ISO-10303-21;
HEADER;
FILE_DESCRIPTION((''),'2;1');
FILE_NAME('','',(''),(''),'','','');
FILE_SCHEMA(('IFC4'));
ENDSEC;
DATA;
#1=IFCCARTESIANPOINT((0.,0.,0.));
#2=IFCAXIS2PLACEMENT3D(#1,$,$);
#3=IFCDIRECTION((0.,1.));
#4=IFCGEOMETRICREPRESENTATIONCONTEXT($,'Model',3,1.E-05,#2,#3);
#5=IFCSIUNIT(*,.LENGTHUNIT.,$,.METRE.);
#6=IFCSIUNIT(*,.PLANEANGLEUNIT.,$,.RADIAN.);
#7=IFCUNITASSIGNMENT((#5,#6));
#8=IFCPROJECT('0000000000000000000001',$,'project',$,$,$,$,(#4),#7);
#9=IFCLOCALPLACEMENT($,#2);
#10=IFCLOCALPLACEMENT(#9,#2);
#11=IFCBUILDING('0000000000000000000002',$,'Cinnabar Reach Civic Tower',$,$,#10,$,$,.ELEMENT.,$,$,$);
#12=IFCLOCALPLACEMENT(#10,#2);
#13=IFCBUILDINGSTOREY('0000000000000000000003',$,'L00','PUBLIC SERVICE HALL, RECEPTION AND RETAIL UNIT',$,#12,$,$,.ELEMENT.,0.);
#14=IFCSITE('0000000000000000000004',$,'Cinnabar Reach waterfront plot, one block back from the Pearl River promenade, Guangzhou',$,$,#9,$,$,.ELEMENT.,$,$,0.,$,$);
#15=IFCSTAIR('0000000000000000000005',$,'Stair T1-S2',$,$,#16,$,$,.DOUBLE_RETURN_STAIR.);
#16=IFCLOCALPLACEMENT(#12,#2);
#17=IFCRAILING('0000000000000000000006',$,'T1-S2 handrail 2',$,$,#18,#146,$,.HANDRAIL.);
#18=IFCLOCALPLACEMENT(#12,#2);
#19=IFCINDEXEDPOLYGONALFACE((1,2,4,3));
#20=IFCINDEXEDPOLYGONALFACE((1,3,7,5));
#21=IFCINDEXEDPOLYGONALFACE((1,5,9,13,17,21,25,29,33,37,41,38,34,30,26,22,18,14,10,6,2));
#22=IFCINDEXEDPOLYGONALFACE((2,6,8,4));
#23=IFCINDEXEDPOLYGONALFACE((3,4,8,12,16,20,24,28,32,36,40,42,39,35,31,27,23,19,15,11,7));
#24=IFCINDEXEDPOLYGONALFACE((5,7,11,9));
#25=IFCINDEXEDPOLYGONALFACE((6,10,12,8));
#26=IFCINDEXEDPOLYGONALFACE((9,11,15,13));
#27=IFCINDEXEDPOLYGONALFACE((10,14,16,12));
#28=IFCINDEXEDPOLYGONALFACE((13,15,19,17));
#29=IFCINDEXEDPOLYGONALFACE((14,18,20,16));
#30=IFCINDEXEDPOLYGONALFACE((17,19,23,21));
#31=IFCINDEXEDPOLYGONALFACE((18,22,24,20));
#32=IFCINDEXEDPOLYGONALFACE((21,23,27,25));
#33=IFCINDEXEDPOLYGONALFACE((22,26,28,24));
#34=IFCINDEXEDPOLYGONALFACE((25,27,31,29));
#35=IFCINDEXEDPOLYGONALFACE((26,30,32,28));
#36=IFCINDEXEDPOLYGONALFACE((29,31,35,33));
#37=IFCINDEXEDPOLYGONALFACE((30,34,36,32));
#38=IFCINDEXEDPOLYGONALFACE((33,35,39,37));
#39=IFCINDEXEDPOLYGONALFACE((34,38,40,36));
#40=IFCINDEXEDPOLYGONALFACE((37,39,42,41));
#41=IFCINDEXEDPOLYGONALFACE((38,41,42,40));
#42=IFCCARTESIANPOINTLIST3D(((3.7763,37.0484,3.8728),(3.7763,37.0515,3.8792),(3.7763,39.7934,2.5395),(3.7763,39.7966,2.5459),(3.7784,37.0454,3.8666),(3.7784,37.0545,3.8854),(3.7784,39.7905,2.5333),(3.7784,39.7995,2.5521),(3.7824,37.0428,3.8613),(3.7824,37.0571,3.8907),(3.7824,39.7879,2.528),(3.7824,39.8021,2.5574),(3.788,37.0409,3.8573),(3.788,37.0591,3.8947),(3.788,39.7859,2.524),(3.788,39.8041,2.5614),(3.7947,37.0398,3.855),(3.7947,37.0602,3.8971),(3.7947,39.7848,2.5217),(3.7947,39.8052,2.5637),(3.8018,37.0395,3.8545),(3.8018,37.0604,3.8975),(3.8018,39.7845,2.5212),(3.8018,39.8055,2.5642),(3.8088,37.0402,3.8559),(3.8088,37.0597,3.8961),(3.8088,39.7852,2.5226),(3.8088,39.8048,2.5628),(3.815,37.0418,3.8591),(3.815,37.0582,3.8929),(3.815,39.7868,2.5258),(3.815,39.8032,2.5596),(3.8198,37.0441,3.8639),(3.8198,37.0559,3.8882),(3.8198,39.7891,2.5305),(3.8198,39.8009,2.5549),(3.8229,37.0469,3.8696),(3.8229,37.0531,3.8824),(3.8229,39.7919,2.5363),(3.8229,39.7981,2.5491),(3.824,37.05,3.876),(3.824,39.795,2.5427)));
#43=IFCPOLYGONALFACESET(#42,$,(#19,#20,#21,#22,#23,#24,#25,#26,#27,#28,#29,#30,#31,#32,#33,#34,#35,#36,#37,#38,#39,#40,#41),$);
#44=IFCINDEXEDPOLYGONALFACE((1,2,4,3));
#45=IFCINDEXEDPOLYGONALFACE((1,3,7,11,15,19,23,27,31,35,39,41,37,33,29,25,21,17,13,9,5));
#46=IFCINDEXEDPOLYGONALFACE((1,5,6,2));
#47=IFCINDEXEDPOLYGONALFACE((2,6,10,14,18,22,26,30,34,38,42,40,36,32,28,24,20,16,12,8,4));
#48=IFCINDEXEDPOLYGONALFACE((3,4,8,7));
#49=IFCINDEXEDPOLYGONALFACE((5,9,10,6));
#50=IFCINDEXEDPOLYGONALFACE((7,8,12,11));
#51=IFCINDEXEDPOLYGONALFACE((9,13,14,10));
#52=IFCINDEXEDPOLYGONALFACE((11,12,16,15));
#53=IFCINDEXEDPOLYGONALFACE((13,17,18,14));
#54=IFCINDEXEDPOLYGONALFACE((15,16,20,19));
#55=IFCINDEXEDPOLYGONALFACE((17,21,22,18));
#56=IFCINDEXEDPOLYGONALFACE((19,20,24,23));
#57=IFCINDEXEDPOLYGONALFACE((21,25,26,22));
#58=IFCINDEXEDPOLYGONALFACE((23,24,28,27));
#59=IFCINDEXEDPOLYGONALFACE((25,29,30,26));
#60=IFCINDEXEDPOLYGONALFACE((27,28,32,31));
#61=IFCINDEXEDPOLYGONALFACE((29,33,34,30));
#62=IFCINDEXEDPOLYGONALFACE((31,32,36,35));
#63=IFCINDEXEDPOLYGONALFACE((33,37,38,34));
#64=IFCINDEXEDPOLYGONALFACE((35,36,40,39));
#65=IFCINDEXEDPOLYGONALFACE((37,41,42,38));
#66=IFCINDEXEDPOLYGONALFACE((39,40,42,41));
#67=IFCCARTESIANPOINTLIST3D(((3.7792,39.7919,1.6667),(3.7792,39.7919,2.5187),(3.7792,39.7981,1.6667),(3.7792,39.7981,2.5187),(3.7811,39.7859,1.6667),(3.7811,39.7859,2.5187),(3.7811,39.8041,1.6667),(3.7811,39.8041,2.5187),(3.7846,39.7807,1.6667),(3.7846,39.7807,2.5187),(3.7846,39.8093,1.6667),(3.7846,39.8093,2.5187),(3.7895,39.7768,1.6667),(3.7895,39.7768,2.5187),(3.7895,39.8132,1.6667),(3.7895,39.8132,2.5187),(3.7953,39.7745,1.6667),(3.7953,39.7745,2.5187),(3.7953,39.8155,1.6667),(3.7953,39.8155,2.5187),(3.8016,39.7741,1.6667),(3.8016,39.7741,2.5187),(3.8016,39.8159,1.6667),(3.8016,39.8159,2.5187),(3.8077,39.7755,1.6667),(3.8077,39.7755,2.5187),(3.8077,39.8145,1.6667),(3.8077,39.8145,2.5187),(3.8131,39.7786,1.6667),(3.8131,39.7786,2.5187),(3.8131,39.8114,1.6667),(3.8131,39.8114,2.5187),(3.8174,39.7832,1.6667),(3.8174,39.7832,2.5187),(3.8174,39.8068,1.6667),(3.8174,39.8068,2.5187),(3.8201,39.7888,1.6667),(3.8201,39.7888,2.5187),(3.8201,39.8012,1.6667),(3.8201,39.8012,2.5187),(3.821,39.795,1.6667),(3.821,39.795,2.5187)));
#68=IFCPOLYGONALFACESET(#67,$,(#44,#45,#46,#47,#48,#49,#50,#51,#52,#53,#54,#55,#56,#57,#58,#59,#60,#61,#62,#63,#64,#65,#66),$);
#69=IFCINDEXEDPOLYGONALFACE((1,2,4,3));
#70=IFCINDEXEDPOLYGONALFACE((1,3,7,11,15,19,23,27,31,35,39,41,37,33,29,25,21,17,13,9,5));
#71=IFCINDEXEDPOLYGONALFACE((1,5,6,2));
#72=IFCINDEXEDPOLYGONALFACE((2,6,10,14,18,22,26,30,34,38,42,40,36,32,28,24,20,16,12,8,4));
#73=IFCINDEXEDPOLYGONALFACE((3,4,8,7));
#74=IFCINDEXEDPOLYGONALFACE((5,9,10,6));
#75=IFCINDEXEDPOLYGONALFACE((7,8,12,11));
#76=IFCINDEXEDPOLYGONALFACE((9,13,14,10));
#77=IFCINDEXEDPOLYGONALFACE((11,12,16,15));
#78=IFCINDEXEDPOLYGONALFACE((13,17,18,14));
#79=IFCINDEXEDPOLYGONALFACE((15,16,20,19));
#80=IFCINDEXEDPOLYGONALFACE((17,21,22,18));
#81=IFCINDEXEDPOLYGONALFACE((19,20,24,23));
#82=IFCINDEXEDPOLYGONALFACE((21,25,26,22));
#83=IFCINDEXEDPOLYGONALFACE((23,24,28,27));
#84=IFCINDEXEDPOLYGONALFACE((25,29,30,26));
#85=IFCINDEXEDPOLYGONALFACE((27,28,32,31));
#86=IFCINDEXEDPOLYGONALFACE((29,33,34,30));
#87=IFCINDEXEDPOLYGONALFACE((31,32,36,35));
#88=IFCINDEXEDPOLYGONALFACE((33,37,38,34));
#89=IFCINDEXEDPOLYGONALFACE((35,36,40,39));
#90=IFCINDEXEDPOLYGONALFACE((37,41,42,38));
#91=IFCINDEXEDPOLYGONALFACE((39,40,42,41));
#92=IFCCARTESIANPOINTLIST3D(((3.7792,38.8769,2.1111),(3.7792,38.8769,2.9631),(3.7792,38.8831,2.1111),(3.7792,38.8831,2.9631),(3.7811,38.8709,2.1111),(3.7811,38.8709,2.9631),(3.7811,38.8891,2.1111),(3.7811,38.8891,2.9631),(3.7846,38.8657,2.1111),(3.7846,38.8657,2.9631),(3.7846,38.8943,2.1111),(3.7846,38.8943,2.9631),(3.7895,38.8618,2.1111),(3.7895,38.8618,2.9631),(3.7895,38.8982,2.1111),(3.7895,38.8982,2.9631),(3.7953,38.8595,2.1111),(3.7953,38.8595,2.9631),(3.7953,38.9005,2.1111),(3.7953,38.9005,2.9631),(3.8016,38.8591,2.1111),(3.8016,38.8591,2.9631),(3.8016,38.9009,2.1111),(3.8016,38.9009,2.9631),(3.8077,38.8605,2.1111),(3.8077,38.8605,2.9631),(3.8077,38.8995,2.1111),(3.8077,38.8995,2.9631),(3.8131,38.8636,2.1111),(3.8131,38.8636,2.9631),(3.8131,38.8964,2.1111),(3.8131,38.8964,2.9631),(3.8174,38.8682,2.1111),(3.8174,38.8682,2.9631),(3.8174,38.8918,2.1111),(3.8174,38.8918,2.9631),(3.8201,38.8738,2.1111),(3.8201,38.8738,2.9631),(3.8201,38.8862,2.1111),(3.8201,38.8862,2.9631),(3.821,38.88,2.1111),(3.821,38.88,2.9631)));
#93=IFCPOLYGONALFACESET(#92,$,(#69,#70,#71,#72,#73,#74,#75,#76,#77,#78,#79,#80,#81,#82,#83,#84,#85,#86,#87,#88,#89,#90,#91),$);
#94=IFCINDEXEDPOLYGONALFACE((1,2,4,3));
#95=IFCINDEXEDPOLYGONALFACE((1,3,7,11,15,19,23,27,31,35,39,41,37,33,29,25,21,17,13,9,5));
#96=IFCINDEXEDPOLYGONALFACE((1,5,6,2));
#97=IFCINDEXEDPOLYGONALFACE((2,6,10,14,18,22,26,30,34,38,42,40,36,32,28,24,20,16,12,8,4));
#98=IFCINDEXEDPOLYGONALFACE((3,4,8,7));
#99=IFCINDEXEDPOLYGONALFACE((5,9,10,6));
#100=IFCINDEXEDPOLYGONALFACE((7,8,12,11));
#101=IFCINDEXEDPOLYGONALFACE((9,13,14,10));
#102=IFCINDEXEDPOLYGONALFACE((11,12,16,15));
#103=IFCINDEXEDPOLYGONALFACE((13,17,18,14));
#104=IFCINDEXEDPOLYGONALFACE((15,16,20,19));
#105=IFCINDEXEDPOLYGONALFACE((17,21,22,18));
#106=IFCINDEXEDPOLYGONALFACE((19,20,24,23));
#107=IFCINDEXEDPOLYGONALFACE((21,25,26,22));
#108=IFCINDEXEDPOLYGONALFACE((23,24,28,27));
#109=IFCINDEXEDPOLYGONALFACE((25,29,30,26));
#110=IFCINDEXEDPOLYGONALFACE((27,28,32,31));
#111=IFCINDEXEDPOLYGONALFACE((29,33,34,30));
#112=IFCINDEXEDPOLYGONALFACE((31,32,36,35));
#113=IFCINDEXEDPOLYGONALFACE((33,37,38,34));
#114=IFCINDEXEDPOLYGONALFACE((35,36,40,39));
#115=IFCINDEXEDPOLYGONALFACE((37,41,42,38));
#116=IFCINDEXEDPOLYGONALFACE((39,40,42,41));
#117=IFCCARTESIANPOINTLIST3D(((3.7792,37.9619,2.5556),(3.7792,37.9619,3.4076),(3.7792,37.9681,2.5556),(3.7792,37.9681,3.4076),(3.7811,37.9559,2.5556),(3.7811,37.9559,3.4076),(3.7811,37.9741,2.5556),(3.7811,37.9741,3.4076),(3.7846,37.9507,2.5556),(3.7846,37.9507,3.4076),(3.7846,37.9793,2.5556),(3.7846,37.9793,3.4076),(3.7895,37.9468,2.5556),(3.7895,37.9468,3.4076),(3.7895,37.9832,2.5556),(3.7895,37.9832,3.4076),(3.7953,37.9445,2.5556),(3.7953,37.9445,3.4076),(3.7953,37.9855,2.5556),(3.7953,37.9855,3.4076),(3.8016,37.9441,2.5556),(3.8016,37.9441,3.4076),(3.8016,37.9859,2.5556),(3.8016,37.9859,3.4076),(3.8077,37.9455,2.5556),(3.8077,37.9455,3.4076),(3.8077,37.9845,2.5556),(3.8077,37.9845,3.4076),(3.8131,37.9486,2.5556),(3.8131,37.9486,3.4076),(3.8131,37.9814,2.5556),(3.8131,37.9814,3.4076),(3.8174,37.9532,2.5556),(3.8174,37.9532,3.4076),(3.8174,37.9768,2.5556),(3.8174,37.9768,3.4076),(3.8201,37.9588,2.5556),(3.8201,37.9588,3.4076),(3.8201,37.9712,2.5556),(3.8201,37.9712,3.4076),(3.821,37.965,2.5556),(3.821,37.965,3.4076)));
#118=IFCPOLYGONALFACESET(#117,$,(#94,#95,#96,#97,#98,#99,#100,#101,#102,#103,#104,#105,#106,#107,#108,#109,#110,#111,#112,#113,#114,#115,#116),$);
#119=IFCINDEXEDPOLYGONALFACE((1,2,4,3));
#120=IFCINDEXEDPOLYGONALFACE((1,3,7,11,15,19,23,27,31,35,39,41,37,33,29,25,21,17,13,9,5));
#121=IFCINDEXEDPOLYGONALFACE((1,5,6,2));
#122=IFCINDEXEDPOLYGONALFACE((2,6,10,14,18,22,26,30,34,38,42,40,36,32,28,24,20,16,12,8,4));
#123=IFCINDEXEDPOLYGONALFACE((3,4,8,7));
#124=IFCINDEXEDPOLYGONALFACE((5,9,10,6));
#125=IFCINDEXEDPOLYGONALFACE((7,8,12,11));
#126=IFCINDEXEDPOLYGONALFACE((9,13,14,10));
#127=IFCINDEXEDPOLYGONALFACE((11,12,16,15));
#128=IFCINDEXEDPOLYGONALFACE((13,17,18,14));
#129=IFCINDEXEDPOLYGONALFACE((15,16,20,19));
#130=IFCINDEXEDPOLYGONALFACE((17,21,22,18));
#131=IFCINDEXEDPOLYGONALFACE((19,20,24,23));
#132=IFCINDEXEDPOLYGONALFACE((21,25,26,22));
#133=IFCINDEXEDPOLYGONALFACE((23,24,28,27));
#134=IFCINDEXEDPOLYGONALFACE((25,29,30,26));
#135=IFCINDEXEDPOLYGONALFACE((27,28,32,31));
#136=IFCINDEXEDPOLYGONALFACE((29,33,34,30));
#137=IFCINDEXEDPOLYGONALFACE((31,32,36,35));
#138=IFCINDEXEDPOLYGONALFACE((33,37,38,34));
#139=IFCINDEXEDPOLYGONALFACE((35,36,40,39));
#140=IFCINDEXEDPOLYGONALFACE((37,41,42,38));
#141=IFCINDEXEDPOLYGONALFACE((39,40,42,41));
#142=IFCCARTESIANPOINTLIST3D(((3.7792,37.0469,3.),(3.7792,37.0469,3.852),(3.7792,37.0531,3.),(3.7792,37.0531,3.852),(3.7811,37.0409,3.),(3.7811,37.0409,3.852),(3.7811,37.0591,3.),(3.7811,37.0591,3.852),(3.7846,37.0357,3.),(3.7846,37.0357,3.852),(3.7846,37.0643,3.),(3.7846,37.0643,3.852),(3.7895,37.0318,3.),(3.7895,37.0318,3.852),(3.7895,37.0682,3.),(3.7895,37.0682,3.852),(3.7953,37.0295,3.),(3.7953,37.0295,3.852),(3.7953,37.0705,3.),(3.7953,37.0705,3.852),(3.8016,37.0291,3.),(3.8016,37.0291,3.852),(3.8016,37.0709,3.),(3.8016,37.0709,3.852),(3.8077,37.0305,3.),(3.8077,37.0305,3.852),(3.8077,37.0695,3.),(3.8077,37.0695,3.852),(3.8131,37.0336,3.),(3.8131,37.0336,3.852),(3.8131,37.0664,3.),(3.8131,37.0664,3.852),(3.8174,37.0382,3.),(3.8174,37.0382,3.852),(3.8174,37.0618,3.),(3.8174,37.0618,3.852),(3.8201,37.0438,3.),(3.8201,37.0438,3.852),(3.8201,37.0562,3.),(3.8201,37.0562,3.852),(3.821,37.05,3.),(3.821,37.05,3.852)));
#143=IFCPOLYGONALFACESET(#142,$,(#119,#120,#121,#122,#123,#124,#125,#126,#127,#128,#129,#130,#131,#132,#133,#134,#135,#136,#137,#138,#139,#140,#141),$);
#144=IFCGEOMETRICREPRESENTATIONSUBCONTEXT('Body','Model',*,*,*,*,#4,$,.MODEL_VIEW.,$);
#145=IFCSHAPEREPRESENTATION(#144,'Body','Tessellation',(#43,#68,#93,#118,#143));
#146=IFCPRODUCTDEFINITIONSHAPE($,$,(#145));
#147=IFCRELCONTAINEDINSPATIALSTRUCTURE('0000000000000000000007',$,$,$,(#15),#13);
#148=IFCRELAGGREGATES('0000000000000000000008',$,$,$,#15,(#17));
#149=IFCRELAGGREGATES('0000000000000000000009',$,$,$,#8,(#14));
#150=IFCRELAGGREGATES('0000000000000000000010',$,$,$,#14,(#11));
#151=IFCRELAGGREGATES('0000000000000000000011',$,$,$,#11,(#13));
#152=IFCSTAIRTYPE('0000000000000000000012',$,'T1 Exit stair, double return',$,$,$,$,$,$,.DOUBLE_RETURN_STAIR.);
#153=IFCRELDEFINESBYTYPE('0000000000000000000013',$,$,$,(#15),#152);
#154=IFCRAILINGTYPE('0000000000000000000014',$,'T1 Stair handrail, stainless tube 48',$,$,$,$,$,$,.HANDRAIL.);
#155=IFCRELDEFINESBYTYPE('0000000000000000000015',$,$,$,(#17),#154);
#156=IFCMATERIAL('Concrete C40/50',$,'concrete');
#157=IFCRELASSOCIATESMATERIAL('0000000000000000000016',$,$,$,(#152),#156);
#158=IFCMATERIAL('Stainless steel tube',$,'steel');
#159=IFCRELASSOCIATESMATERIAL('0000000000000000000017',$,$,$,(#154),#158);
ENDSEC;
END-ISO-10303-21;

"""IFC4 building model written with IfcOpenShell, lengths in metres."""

from ifc_helpers import new_model, si_unit, direction, frame, origin, origin_2d, place, context, subcontext, project, spatial, circle, extrude, material, type_object, element, aggregate, save


model = new_model("IFC4")

# Units and contexts
model_context = context("Model", 3, precision=1e-05, world=origin(), true_north=direction((0.0, 1.0)))
body_context = subcontext(model_context, "Body", "Model", "MODEL_VIEW")
ifc_project = project(units=[si_unit("LENGTHUNIT", "METRE"), si_unit("PLANEANGLEUNIT", "RADIAN")], contexts=[model_context])

# Site, building, storey
site_placement = place(None, origin())
site = spatial("IfcSite", under=ifc_project, at=site_placement, Name="Cinnabar Reach waterfront plot, one block back from the Pearl River promenade, Guangzhou", CompositionType="ELEMENT", RefElevation=0.0)
building_placement = place(site_placement, origin())
building = spatial("IfcBuilding", under=site, at=building_placement, Name="Cinnabar Reach Civic Tower", CompositionType="ELEMENT")
storey_placement = place(building_placement, origin())
storey = spatial("IfcBuildingStorey", under=building, at=storey_placement, Name="L00", Description="PUBLIC SERVICE HALL, RECEPTION AND RETAIL UNIT", CompositionType="ELEMENT", Elevation=0.0)

# Shared definitions
ifc_material_1 = material(Name="Concrete C40/50", Category="concrete")

# Stair, railing
stair_type = type_object("IfcStairType", Name="T1 Exit stair, double return", PredefinedType="DOUBLE_RETURN_STAIR", material=ifc_material_1)
stair_placement = place(storey_placement, origin())
stair = element("IfcStair", 1, at=stair_placement, inside=storey, type_object=stair_type, Name="Stair T1-S2", PredefinedType="DOUBLE_RETURN_STAIR")
ifc_material_2 = material(Name="Stainless steel tube", Category="steel")
railing_type = type_object("IfcRailingType", Name="T1 Stair handrail, stainless tube 48", PredefinedType="HANDRAIL", material=ifc_material_2)
railing_1_placement = place(storey_placement, frame((3.8, 39.795, 1.6667)))
railing_1 = element("IfcRailing", 2, at=railing_1_placement, type_object=railing_type, Name="T1-S2 handrail 2", PredefinedType="HANDRAIL", context=body_context, shape_type="SweptSolid", body=[
    extrude(circle(Radius=0.024, at=origin_2d()), frame((0.0, 0.0, 0.876), z_axis=(0.0, -0.899506, 0.436908), x_axis=(1.0, 0.0, 0.0)), (0.0, 0.0, 1.0), 3.0517),
    extrude(circle(Radius=0.021, at=origin_2d()), origin(), (0.0, 0.0, 1.0), 0.852),
    extrude(circle(Radius=0.021, at=origin_2d()), frame((0.0, -0.915, 0.4444)), (0.0, 0.0, 1.0), 0.852),
    extrude(circle(Radius=0.021, at=origin_2d()), frame((0.0, -1.83, 0.8889)), (0.0, 0.0, 1.0), 0.852),
    extrude(circle(Radius=0.021, at=origin_2d()), frame((0.0, -2.745, 1.3333)), (0.0, 0.0, 1.0), 0.852),
])
aggregate(stair, [railing_1])

save(model, "model.ifc")
